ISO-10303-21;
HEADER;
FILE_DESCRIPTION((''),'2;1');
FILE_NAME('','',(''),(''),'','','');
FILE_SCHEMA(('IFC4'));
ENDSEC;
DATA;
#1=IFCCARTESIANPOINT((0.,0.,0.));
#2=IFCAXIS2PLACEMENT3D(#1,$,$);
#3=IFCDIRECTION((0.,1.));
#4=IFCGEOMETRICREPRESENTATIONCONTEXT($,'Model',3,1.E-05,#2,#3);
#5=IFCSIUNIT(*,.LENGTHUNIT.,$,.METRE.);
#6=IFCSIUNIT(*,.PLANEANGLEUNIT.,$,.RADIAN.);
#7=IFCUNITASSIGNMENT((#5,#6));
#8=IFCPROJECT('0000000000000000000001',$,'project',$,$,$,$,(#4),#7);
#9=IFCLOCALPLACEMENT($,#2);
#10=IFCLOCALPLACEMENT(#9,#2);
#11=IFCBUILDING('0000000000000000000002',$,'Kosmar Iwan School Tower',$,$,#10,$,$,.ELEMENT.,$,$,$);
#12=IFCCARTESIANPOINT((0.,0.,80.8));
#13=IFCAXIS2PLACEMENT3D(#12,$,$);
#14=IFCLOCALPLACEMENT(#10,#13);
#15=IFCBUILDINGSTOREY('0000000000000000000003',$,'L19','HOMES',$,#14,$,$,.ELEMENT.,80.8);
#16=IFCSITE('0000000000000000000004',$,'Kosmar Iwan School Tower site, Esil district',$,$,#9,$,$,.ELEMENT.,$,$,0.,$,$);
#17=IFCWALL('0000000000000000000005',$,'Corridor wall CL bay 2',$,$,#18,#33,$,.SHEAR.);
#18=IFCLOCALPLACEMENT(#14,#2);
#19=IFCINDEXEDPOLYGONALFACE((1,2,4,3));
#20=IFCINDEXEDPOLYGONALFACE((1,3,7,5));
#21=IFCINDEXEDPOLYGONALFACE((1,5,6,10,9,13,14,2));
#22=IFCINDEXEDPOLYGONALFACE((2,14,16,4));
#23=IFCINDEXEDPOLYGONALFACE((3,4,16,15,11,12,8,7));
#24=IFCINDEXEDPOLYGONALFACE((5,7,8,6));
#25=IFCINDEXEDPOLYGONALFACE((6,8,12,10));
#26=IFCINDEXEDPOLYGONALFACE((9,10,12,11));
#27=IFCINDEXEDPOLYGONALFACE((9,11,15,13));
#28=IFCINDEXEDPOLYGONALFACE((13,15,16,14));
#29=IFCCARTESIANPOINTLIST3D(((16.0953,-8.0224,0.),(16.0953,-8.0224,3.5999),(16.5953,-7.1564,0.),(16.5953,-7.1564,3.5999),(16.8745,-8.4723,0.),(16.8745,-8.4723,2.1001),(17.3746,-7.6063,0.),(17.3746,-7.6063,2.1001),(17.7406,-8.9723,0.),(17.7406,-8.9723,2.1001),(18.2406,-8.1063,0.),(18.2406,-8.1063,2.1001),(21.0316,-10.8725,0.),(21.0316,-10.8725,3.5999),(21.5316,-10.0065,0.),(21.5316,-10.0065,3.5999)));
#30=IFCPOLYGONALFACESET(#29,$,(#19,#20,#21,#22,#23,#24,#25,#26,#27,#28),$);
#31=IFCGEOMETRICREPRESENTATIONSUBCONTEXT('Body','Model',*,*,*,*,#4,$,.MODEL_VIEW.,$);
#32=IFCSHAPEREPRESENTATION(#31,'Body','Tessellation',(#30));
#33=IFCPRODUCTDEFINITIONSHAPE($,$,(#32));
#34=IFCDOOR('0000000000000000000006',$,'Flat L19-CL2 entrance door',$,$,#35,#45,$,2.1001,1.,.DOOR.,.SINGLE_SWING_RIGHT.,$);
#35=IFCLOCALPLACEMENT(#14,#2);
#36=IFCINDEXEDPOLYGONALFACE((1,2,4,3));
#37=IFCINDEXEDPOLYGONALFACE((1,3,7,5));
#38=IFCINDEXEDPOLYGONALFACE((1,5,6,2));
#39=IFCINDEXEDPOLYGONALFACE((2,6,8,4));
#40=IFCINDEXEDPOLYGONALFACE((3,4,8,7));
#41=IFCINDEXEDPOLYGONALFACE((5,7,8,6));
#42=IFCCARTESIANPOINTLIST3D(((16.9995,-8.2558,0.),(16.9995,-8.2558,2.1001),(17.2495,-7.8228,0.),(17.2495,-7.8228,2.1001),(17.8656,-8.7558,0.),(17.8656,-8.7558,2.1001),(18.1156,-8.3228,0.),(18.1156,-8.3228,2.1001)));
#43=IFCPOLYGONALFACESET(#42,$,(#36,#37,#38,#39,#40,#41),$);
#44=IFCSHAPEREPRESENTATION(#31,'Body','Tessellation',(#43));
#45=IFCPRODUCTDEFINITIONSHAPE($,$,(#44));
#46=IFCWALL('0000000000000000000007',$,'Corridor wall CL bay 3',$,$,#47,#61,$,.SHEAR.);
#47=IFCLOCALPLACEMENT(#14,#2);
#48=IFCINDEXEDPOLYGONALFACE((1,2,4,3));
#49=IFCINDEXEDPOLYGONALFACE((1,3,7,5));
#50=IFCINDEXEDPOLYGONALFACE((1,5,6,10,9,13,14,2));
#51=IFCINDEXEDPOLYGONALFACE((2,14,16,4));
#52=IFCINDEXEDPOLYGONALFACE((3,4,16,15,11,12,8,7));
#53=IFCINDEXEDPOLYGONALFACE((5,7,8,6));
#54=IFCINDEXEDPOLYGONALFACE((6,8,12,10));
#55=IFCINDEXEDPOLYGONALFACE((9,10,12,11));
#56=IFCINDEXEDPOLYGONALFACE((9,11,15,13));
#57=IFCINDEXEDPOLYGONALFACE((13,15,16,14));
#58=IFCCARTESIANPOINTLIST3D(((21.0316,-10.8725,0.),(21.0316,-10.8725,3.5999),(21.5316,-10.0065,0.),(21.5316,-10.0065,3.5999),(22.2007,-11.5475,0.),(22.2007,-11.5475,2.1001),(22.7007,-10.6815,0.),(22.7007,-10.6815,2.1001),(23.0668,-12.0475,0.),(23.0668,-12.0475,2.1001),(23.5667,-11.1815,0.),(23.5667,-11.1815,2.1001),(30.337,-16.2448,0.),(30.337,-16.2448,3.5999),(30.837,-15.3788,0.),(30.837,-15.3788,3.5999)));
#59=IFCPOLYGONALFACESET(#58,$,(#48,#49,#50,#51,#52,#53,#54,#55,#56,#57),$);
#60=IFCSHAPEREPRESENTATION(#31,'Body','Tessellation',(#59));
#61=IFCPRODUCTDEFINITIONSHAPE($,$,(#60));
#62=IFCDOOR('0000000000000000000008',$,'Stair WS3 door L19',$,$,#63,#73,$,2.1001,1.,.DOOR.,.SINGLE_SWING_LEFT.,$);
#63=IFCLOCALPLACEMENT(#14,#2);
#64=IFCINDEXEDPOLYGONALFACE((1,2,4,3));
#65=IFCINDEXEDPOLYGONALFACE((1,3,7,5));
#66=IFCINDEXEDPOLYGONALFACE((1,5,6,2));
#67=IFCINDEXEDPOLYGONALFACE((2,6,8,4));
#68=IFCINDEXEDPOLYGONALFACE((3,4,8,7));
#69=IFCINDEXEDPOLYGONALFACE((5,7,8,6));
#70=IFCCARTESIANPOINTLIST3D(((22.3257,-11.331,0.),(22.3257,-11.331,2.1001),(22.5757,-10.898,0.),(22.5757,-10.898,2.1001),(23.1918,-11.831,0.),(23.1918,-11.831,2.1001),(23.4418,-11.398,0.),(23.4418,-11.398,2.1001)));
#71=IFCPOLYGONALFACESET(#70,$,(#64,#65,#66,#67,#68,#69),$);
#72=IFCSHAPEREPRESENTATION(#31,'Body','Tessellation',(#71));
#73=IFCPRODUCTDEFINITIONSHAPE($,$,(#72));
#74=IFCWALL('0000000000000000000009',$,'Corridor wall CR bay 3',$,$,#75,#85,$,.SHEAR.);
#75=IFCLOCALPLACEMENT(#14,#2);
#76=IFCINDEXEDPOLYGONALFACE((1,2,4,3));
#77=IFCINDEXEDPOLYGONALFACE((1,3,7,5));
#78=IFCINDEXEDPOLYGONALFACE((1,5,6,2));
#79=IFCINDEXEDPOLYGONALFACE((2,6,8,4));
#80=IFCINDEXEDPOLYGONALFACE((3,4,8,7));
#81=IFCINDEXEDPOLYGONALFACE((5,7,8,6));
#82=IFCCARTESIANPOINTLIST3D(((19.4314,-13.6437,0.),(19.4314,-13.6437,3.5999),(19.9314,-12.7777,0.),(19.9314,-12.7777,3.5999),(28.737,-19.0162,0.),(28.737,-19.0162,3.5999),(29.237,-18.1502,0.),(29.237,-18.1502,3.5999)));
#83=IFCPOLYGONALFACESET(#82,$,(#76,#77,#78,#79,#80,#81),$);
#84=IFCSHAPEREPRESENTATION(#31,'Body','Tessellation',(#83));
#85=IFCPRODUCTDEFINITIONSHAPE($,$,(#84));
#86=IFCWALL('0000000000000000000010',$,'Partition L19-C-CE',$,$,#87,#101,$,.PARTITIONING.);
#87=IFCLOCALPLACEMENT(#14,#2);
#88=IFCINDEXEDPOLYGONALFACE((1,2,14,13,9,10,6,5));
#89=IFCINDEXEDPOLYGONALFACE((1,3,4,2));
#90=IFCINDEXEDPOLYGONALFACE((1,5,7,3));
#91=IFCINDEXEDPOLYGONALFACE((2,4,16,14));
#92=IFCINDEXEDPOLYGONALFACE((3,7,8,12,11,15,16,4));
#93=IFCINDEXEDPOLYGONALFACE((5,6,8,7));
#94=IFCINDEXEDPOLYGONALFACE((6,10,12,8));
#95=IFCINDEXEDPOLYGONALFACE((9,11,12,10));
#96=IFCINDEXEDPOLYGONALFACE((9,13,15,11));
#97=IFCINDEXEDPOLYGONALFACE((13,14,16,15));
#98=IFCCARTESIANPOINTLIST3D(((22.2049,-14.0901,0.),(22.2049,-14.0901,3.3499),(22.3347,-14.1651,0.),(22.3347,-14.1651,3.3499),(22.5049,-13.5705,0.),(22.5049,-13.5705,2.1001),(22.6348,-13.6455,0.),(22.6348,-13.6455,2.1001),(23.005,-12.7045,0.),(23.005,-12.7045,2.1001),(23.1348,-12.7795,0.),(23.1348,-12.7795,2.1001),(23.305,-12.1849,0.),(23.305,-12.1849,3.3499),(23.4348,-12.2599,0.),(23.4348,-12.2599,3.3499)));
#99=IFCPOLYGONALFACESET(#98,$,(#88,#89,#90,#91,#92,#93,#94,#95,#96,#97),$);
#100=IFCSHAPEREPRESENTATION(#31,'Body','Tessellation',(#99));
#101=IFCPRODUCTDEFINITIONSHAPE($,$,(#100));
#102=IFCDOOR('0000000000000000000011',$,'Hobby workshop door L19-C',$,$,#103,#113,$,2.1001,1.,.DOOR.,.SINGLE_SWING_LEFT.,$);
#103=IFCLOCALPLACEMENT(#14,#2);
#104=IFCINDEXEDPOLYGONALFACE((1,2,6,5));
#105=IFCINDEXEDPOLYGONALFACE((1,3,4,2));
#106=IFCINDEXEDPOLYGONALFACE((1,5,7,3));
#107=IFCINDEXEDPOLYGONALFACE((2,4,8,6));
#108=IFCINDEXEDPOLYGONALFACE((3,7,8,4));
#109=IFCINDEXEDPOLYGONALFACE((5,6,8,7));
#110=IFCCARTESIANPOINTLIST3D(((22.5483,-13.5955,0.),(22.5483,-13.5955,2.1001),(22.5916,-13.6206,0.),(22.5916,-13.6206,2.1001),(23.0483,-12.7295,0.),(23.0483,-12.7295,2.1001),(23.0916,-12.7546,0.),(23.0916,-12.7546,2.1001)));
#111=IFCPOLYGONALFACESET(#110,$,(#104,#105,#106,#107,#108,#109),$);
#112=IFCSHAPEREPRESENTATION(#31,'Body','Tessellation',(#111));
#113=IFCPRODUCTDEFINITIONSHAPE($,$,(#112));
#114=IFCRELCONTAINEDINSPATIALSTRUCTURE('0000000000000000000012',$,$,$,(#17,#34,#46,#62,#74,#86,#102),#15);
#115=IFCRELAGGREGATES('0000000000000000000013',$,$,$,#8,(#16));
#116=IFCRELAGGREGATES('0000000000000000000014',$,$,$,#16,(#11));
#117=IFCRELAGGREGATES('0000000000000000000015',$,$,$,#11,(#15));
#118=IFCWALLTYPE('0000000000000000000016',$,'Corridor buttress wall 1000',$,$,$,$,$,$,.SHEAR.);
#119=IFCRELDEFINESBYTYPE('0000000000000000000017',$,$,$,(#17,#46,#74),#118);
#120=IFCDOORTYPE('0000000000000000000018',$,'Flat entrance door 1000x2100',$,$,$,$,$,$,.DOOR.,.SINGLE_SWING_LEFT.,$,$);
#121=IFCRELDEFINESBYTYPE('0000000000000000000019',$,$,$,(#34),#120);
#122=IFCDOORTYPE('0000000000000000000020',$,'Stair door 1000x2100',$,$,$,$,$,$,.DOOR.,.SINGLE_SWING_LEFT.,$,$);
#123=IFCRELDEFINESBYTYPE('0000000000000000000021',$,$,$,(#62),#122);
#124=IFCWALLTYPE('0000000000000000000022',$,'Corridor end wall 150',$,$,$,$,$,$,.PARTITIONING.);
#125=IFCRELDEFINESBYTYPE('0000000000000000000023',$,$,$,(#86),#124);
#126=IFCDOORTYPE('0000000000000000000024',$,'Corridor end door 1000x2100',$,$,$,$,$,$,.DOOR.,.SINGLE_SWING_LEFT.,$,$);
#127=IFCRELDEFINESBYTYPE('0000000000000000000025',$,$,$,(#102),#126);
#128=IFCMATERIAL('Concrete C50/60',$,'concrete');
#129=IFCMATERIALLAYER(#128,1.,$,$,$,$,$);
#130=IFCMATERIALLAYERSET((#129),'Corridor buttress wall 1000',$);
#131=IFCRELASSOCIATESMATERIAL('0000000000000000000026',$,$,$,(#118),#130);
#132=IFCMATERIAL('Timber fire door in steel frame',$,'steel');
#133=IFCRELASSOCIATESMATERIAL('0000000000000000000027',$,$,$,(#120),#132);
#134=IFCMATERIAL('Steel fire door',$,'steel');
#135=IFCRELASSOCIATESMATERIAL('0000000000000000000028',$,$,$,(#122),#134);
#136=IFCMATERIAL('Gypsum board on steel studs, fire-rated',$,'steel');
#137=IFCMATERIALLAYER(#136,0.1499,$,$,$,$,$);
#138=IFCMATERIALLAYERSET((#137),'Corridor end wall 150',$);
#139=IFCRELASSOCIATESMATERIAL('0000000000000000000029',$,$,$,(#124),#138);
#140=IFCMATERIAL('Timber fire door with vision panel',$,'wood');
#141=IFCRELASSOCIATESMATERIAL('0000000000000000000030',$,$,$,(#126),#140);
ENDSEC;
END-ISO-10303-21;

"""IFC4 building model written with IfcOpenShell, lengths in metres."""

from ifc_helpers import new_model, si_unit, direction, frame, frame_2d, origin, place, context, subcontext, project, spatial, rectangle, extrude, material, layer, layer_set, type_object, element, fill, save


model = new_model("IFC4")

# Units and contexts
model_context = context("Model", 3, precision=1e-05, world=origin(), true_north=direction((0.0, 1.0)))
body_context = subcontext(model_context, "Body", "Model", "MODEL_VIEW")
ifc_project = project(units=[si_unit("LENGTHUNIT", "METRE"), si_unit("PLANEANGLEUNIT", "RADIAN")], contexts=[model_context])

# Site, building, storey
site_placement = place(None, origin())
site = spatial("IfcSite", under=ifc_project, at=site_placement, Name="Kosmar Iwan School Tower site, Esil district", CompositionType="ELEMENT", RefElevation=0.0)
building_placement = place(site_placement, origin())
building = spatial("IfcBuilding", under=site, at=building_placement, Name="Kosmar Iwan School Tower", CompositionType="ELEMENT")
storey_placement = place(building_placement, frame((0.0, 0.0, 80.8)))
storey = spatial("IfcBuildingStorey", under=building, at=storey_placement, Name="L19", Description="HOMES", CompositionType="ELEMENT", Elevation=80.8)

# Walls, openings, doors
ifc_material_1 = material(Name="Concrete C50/60", Category="concrete")
ifc_layer_1 = layer(ifc_material_1, 1.0)
ifc_layer_set_1 = layer_set([ifc_layer_1], Name="Corridor buttress wall 1000")
wall_type_1 = type_object("IfcWallType", Name="Corridor buttress wall 1000", PredefinedType="SHEAR", material=ifc_layer_set_1)
wall_1_placement = place(storey_placement, frame((16.3452, -7.5894, 0.0), z_axis=(0.0, 0.0, 1.0), x_axis=(0.866015, -0.500018, 0.0)))
wall_1 = element("IfcWall", 1, at=wall_1_placement, inside=storey, type_object=wall_type_1, Name="Corridor wall CL bay 2", PredefinedType="SHEAR", context=body_context, shape_type="SweptSolid", body=[
    extrude(rectangle(XDim=5.7, YDim=1.0, at=frame_2d((2.8501, 0.0))), origin(), (0.0, 0.0, 1.0), 3.5999),
])
opening_1_placement = place(wall_1_placement, frame((0.8999, 0.0, 0.0)))
opening_1 = element("IfcOpeningElement", 2, at=opening_1_placement, cuts=wall_1, PredefinedType="OPENING", context=body_context, shape_type="SweptSolid", body=[
    extrude(rectangle(XDim=1.0, YDim=2.1001, at=frame_2d((0.5, 1.05))), frame((0.0, 0.512, 0.0), z_axis=(0.0, -1.0, 0.0), x_axis=(1.0, 0.0, 0.0)), (0.0, 0.0, 1.0), 1.0239),
])
ifc_material_2 = material(Name="Timber fire door in steel frame", Category="steel")
door_type_1 = type_object("IfcDoorType", Name="Flat entrance door 1000x2100", OperationType="SINGLE_SWING_LEFT", PredefinedType="DOOR", material=ifc_material_2)
door_1_placement = place(opening_1_placement, origin())
door_1 = element("IfcDoor", 3, at=door_1_placement, inside=storey, type_object=door_type_1, Name="Flat L19-CL2 entrance door", OperationType="SINGLE_SWING_RIGHT", OverallHeight=2.1001, OverallWidth=1.0, PredefinedType="DOOR", context=body_context, shape_type="SweptSolid", body=[
    extrude(rectangle(XDim=1.0, YDim=2.1001, at=frame_2d((0.5, 1.05))), frame((0.0, 0.25, 0.0), z_axis=(0.0, -1.0, 0.0), x_axis=(1.0, 0.0, 0.0)), (0.0, 0.0, 1.0), 0.5),
])
fill(opening_1, door_1)
wall_2_placement = place(storey_placement, frame((21.2815, -10.4395, 0.0), z_axis=(0.0, 0.0, 1.0), x_axis=(0.866032, -0.499988, 0.0)))
wall_2 = element("IfcWall", 4, at=wall_2_placement, inside=storey, type_object=wall_type_1, Name="Corridor wall CL bay 3", PredefinedType="SHEAR", context=body_context, shape_type="SweptSolid", body=[
    extrude(rectangle(XDim=10.7449, YDim=1.0, at=frame_2d((5.3726, 0.0))), origin(), (0.0, 0.0, 1.0), 3.5999),
])
opening_2_placement = place(wall_2_placement, frame((1.3501, 0.0, 0.0)))
opening_2 = element("IfcOpeningElement", 5, at=opening_2_placement, cuts=wall_2, PredefinedType="OPENING", context=body_context, shape_type="SweptSolid", body=[
    extrude(rectangle(XDim=1.0, YDim=2.1001, at=frame_2d((0.5, 1.05))), frame((0.0, 0.512, 0.0), z_axis=(0.0, -1.0, 0.0), x_axis=(1.0, 0.0, 0.0)), (0.0, 0.0, 1.0), 1.0239),
])
ifc_material_3 = material(Name="Steel fire door", Category="steel")
door_type_2 = type_object("IfcDoorType", Name="Stair door 1000x2100", OperationType="SINGLE_SWING_LEFT", PredefinedType="DOOR", material=ifc_material_3)
door_2_placement = place(opening_2_placement, origin())
door_2 = element("IfcDoor", 6, at=door_2_placement, inside=storey, type_object=door_type_2, Name="Stair WS3 door L19", OperationType="SINGLE_SWING_LEFT", OverallHeight=2.1001, OverallWidth=1.0, PredefinedType="DOOR", context=body_context, shape_type="SweptSolid", body=[
    extrude(rectangle(XDim=1.0, YDim=2.1001, at=frame_2d((0.5, 1.05))), frame((0.0, 0.25, 0.0), z_axis=(0.0, -1.0, 0.0), x_axis=(1.0, 0.0, 0.0)), (0.0, 0.0, 1.0), 0.5),
])
fill(opening_2, door_2)

# Wall
wall_3_placement = place(storey_placement, frame((19.6814, -13.2107, 0.0), z_axis=(0.0, 0.0, 1.0), x_axis=(0.866028, -0.499995, 0.0)))
element("IfcWall", 7, at=wall_3_placement, inside=storey, type_object=wall_type_1, Name="Corridor wall CR bay 3", PredefinedType="SHEAR", context=body_context, shape_type="SweptSolid", body=[
    extrude(rectangle(XDim=10.7451, YDim=1.0, at=frame_2d((5.3726, 0.0))), origin(), (0.0, 0.0, 1.0), 3.5999),
])

# Wall, opening, door
ifc_material_4 = material(Name="Gypsum board on steel studs, fire-rated", Category="steel")
ifc_layer_2 = layer(ifc_material_4, 0.1499)
ifc_layer_set_2 = layer_set([ifc_layer_2], Name="Corridor end wall 150")
wall_type_2 = type_object("IfcWallType", Name="Corridor end wall 150", PredefinedType="PARTITIONING", material=ifc_layer_set_2)
wall_4_placement = place(storey_placement, frame((22.2698, -14.1277, 0.0), z_axis=(0.0, 0.0, 1.0), x_axis=(0.50003, 0.866008, 0.0)))
wall_4 = element("IfcWall", 8, at=wall_4_placement, inside=storey, type_object=wall_type_2, Name="Partition L19-C-CE", PredefinedType="PARTITIONING", context=body_context, shape_type="SweptSolid", body=[
    extrude(rectangle(XDim=2.2, YDim=0.1499, at=frame_2d((1.1001, 0.0))), origin(), (0.0, 0.0, 1.0), 3.3499),
])
opening_3_placement = place(wall_4_placement, frame((0.6001, 0.0, 0.0)))
opening_3 = element("IfcOpeningElement", 9, at=opening_3_placement, cuts=wall_4, PredefinedType="OPENING", context=body_context, shape_type="SweptSolid", body=[
    extrude(rectangle(XDim=1.0, YDim=2.1001, at=frame_2d((0.5, 1.05))), frame((0.0, 0.0869, 0.0), z_axis=(0.0, -1.0, 0.0), x_axis=(1.0, 0.0, 0.0)), (0.0, 0.0, 1.0), 0.1738),
])
ifc_material_5 = material(Name="Timber fire door with vision panel", Category="wood")
door_type_3 = type_object("IfcDoorType", Name="Corridor end door 1000x2100", OperationType="SINGLE_SWING_LEFT", PredefinedType="DOOR", material=ifc_material_5)
door_3_placement = place(opening_3_placement, origin())
door_3 = element("IfcDoor", 10, at=door_3_placement, inside=storey, type_object=door_type_3, Name="Hobby workshop door L19-C", OperationType="SINGLE_SWING_LEFT", OverallHeight=2.1001, OverallWidth=1.0, PredefinedType="DOOR", context=body_context, shape_type="SweptSolid", body=[
    extrude(rectangle(XDim=1.0, YDim=2.1001, at=frame_2d((0.5, 1.05))), frame((0.0, 0.0249, 0.0), z_axis=(0.0, -1.0, 0.0), x_axis=(1.0, 0.0, 0.0)), (0.0, 0.0, 1.0), 0.05),
])
fill(opening_3, door_3)

save(model, "model.ifc")
